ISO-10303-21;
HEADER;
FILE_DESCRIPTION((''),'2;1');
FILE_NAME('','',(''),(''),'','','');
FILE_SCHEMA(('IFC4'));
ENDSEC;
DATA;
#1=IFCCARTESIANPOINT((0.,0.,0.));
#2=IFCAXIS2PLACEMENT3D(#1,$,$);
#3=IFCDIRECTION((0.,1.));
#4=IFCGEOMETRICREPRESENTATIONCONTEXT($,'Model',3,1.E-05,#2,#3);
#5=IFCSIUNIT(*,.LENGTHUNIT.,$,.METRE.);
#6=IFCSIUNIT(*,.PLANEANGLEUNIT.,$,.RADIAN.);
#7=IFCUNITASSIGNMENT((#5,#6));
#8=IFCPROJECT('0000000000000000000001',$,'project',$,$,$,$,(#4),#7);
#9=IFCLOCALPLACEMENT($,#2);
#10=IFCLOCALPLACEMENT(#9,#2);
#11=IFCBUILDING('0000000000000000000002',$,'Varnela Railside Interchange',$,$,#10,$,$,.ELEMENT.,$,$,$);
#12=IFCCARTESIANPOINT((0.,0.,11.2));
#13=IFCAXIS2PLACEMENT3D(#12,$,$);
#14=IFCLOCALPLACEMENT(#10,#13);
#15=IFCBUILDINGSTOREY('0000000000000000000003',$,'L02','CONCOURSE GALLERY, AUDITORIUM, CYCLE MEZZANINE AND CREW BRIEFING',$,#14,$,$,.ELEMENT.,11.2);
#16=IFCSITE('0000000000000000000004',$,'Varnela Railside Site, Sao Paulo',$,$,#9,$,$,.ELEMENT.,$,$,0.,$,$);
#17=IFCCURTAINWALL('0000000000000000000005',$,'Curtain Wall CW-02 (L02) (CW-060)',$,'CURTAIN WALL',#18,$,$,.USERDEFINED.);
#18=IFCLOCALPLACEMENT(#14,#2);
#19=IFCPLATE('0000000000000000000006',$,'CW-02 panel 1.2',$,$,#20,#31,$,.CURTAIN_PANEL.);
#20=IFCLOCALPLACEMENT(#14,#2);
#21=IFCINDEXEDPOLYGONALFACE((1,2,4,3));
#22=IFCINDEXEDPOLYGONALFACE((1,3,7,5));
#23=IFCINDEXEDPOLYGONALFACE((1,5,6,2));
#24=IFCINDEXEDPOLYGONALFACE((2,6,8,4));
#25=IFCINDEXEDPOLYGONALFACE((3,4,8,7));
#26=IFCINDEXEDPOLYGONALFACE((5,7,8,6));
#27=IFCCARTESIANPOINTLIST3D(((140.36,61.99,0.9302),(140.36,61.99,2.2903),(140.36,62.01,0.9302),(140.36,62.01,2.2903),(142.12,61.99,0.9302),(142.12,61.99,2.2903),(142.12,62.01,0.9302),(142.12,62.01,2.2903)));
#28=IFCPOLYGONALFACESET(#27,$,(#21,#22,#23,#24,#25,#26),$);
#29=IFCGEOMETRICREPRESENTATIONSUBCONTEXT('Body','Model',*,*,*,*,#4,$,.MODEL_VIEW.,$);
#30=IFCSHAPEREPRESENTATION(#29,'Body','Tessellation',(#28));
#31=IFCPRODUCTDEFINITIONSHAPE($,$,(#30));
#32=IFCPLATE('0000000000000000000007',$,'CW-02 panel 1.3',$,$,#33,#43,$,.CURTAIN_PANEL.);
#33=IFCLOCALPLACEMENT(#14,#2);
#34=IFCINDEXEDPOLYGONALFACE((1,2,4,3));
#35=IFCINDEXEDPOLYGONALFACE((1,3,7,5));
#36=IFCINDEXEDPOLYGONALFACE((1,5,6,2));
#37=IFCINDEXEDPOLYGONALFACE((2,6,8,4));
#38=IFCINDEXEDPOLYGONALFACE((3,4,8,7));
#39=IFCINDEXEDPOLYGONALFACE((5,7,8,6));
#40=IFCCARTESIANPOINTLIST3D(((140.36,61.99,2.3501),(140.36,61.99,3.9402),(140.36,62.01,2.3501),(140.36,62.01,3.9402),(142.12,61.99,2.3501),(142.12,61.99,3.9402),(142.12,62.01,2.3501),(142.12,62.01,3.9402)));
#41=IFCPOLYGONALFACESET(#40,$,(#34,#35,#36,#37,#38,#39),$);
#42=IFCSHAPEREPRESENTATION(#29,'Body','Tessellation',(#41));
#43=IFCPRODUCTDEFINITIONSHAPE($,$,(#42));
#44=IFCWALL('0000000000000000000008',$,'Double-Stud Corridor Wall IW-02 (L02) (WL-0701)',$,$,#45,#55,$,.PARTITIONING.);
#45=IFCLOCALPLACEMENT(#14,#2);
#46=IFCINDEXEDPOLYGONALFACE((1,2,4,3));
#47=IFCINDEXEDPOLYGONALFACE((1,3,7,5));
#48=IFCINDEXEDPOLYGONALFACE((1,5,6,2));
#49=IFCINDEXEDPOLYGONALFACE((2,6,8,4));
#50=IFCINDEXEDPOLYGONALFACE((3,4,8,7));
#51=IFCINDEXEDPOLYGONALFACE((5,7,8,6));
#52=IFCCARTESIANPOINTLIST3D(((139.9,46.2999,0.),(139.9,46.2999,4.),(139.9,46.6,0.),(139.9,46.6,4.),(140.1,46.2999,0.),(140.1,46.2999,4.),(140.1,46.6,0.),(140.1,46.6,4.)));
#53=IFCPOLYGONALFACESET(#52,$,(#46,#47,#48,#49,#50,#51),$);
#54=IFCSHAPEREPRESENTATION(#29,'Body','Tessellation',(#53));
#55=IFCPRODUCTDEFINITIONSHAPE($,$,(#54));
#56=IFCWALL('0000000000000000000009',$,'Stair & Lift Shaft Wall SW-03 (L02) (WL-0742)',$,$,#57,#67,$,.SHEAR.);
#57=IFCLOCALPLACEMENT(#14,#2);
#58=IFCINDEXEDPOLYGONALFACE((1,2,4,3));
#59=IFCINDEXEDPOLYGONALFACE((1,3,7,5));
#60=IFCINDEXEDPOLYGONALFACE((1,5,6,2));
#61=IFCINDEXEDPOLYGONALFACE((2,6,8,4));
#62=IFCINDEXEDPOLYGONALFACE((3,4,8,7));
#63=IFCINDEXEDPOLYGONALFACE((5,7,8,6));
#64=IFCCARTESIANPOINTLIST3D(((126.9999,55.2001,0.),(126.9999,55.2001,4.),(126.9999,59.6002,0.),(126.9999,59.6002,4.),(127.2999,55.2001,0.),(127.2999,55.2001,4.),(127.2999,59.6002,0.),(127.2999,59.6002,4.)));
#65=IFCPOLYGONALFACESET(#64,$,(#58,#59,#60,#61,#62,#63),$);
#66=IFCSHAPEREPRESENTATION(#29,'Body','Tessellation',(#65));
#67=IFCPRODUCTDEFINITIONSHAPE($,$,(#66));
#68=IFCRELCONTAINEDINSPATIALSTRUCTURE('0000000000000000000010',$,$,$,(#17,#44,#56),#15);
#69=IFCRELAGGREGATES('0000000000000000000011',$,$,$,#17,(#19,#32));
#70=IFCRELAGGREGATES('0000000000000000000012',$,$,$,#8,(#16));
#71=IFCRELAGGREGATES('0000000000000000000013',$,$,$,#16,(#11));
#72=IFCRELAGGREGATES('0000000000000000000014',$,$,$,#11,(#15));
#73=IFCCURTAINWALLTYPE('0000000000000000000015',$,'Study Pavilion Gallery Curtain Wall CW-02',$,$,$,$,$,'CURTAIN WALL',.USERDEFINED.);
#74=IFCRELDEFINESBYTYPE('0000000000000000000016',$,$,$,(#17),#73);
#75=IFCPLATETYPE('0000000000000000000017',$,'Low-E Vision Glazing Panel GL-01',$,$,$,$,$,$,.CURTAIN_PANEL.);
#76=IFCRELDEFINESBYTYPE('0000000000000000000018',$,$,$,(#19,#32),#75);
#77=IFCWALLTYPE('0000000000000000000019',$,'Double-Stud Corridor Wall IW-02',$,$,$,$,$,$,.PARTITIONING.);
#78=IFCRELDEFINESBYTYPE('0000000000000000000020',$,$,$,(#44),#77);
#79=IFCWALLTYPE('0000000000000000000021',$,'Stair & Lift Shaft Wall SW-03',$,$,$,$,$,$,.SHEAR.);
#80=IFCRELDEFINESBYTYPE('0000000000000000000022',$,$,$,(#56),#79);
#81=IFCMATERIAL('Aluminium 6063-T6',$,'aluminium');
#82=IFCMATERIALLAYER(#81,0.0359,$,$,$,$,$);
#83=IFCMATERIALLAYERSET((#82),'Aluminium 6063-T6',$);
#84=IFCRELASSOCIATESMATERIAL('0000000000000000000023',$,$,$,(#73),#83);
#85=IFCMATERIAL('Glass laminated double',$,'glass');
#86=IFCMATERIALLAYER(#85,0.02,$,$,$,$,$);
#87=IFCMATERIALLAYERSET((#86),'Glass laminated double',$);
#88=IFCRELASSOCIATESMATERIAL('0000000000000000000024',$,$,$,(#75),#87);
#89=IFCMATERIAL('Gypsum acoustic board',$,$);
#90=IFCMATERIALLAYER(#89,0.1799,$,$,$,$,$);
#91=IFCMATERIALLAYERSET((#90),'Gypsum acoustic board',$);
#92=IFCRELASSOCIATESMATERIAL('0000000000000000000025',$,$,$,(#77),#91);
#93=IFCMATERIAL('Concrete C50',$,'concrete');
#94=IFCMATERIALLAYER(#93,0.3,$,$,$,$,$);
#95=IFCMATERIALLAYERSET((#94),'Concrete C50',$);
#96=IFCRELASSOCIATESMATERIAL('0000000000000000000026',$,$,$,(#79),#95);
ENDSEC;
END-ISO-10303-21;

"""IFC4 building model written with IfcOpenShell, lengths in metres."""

from ifc_helpers import new_model, si_unit, direction, frame, frame_2d, origin, origin_2d, place, context, subcontext, project, spatial, rectangle, extrude, material, layer, layer_set, type_object, element, aggregate, save


model = new_model("IFC4")

# Units and contexts
model_context = context("Model", 3, precision=1e-05, world=origin(), true_north=direction((0.0, 1.0)))
body_context = subcontext(model_context, "Body", "Model", "MODEL_VIEW")
ifc_project = project(units=[si_unit("LENGTHUNIT", "METRE"), si_unit("PLANEANGLEUNIT", "RADIAN")], contexts=[model_context])

# Site, building, storey
site_placement = place(None, origin())
site = spatial("IfcSite", under=ifc_project, at=site_placement, Name="Varnela Railside Site, Sao Paulo", CompositionType="ELEMENT", RefElevation=0.0)
building_placement = place(site_placement, origin())
building = spatial("IfcBuilding", under=site, at=building_placement, Name="Varnela Railside Interchange", CompositionType="ELEMENT")
storey_placement = place(building_placement, frame((0.0, 0.0, 11.2)))
storey = spatial("IfcBuildingStorey", under=building, at=storey_placement, Name="L02", Description="CONCOURSE GALLERY, AUDITORIUM, CYCLE MEZZANINE AND CREW BRIEFING", CompositionType="ELEMENT", Elevation=11.2)

# Shared definitions
ifc_material_1 = material(Name="Concrete C50", Category="concrete")

# Curtain wall
ifc_material_2 = material(Name="Aluminium 6063-T6", Category="aluminium")
ifc_layer_1 = layer(ifc_material_2, 0.0359)
ifc_layer_set_1 = layer_set([ifc_layer_1], Name="Aluminium 6063-T6")
curtain_wall_type = type_object("IfcCurtainWallType", Name="Study Pavilion Gallery Curtain Wall CW-02", ElementType="CURTAIN WALL", PredefinedType="USERDEFINED", material=ifc_layer_set_1)
curtain_wall_placement = place(storey_placement, origin())
curtain_wall = element("IfcCurtainWall", 1, at=curtain_wall_placement, inside=storey, type_object=curtain_wall_type, Name="Curtain Wall CW-02 (L02) (CW-060)", ObjectType="CURTAIN WALL", PredefinedType="USERDEFINED")

# Plates
ifc_material_3 = material(Name="Glass laminated double", Category="glass")
ifc_layer_2 = layer(ifc_material_3, 0.02)
ifc_layer_set_2 = layer_set([ifc_layer_2], Name="Glass laminated double")
plate_type = type_object("IfcPlateType", Name="Low-E Vision Glazing Panel GL-01", PredefinedType="CURTAIN_PANEL", material=ifc_layer_set_2)
plate_1_placement = place(storey_placement, frame((141.24, 62.0, 0.9302), z_axis=(0.0, 0.0, 1.0), x_axis=(1.0, 0.0, 0.0)))
plate_1 = element("IfcPlate", 2, at=plate_1_placement, type_object=plate_type, Name="CW-02 panel 1.2", PredefinedType="CURTAIN_PANEL", context=body_context, shape_type="SweptSolid", body=[
    extrude(rectangle(XDim=1.76, YDim=0.02, at=origin_2d()), origin(), (0.0, 0.0, 1.0), 1.3601),
])
plate_2_placement = place(storey_placement, frame((141.24, 62.0, 2.3501), z_axis=(0.0, 0.0, 1.0), x_axis=(1.0, 0.0, 0.0)))
plate_2 = element("IfcPlate", 3, at=plate_2_placement, type_object=plate_type, Name="CW-02 panel 1.3", PredefinedType="CURTAIN_PANEL", context=body_context, shape_type="SweptSolid", body=[
    extrude(rectangle(XDim=1.76, YDim=0.02, at=origin_2d()), origin(), (0.0, 0.0, 1.0), 1.5901),
])
aggregate(curtain_wall, [plate_1, plate_2])

# Walls
ifc_material_4 = material(Name="Gypsum acoustic board")
ifc_layer_3 = layer(ifc_material_4, 0.1799)
ifc_layer_set_3 = layer_set([ifc_layer_3], Name="Gypsum acoustic board")
wall_type_1 = type_object("IfcWallType", Name="Double-Stud Corridor Wall IW-02", PredefinedType="PARTITIONING", material=ifc_layer_set_3)
wall_1_placement = place(storey_placement, frame((140.0, 46.3, 0.0), z_axis=(0.0, 0.0, 1.0), x_axis=(0.0, 1.0, 0.0)))
element("IfcWall", 4, at=wall_1_placement, inside=storey, type_object=wall_type_1, Name="Double-Stud Corridor Wall IW-02 (L02) (WL-0701)", PredefinedType="PARTITIONING", context=body_context, shape_type="SweptSolid", body=[
    extrude(rectangle(XDim=0.3, YDim=0.2, at=frame_2d((0.1499, 0.0))), origin(), (0.0, 0.0, 1.0), 4.0),
])
ifc_layer_4 = layer(ifc_material_1, 0.3)
ifc_layer_set_4 = layer_set([ifc_layer_4], Name="Concrete C50")
wall_type_2 = type_object("IfcWallType", Name="Stair & Lift Shaft Wall SW-03", PredefinedType="SHEAR", material=ifc_layer_set_4)
wall_2_placement = place(storey_placement, frame((127.1499, 55.2, 0.0), z_axis=(0.0, 0.0, 1.0), x_axis=(0.0, 1.0, 0.0)))
element("IfcWall", 5, at=wall_2_placement, inside=storey, type_object=wall_type_2, Name="Stair & Lift Shaft Wall SW-03 (L02) (WL-0742)", PredefinedType="SHEAR", context=body_context, shape_type="SweptSolid", body=[
    extrude(rectangle(XDim=4.4001, YDim=0.3, at=frame_2d((2.2002, 0.0))), origin(), (0.0, 0.0, 1.0), 4.0),
])

save(model, "model.ifc")
